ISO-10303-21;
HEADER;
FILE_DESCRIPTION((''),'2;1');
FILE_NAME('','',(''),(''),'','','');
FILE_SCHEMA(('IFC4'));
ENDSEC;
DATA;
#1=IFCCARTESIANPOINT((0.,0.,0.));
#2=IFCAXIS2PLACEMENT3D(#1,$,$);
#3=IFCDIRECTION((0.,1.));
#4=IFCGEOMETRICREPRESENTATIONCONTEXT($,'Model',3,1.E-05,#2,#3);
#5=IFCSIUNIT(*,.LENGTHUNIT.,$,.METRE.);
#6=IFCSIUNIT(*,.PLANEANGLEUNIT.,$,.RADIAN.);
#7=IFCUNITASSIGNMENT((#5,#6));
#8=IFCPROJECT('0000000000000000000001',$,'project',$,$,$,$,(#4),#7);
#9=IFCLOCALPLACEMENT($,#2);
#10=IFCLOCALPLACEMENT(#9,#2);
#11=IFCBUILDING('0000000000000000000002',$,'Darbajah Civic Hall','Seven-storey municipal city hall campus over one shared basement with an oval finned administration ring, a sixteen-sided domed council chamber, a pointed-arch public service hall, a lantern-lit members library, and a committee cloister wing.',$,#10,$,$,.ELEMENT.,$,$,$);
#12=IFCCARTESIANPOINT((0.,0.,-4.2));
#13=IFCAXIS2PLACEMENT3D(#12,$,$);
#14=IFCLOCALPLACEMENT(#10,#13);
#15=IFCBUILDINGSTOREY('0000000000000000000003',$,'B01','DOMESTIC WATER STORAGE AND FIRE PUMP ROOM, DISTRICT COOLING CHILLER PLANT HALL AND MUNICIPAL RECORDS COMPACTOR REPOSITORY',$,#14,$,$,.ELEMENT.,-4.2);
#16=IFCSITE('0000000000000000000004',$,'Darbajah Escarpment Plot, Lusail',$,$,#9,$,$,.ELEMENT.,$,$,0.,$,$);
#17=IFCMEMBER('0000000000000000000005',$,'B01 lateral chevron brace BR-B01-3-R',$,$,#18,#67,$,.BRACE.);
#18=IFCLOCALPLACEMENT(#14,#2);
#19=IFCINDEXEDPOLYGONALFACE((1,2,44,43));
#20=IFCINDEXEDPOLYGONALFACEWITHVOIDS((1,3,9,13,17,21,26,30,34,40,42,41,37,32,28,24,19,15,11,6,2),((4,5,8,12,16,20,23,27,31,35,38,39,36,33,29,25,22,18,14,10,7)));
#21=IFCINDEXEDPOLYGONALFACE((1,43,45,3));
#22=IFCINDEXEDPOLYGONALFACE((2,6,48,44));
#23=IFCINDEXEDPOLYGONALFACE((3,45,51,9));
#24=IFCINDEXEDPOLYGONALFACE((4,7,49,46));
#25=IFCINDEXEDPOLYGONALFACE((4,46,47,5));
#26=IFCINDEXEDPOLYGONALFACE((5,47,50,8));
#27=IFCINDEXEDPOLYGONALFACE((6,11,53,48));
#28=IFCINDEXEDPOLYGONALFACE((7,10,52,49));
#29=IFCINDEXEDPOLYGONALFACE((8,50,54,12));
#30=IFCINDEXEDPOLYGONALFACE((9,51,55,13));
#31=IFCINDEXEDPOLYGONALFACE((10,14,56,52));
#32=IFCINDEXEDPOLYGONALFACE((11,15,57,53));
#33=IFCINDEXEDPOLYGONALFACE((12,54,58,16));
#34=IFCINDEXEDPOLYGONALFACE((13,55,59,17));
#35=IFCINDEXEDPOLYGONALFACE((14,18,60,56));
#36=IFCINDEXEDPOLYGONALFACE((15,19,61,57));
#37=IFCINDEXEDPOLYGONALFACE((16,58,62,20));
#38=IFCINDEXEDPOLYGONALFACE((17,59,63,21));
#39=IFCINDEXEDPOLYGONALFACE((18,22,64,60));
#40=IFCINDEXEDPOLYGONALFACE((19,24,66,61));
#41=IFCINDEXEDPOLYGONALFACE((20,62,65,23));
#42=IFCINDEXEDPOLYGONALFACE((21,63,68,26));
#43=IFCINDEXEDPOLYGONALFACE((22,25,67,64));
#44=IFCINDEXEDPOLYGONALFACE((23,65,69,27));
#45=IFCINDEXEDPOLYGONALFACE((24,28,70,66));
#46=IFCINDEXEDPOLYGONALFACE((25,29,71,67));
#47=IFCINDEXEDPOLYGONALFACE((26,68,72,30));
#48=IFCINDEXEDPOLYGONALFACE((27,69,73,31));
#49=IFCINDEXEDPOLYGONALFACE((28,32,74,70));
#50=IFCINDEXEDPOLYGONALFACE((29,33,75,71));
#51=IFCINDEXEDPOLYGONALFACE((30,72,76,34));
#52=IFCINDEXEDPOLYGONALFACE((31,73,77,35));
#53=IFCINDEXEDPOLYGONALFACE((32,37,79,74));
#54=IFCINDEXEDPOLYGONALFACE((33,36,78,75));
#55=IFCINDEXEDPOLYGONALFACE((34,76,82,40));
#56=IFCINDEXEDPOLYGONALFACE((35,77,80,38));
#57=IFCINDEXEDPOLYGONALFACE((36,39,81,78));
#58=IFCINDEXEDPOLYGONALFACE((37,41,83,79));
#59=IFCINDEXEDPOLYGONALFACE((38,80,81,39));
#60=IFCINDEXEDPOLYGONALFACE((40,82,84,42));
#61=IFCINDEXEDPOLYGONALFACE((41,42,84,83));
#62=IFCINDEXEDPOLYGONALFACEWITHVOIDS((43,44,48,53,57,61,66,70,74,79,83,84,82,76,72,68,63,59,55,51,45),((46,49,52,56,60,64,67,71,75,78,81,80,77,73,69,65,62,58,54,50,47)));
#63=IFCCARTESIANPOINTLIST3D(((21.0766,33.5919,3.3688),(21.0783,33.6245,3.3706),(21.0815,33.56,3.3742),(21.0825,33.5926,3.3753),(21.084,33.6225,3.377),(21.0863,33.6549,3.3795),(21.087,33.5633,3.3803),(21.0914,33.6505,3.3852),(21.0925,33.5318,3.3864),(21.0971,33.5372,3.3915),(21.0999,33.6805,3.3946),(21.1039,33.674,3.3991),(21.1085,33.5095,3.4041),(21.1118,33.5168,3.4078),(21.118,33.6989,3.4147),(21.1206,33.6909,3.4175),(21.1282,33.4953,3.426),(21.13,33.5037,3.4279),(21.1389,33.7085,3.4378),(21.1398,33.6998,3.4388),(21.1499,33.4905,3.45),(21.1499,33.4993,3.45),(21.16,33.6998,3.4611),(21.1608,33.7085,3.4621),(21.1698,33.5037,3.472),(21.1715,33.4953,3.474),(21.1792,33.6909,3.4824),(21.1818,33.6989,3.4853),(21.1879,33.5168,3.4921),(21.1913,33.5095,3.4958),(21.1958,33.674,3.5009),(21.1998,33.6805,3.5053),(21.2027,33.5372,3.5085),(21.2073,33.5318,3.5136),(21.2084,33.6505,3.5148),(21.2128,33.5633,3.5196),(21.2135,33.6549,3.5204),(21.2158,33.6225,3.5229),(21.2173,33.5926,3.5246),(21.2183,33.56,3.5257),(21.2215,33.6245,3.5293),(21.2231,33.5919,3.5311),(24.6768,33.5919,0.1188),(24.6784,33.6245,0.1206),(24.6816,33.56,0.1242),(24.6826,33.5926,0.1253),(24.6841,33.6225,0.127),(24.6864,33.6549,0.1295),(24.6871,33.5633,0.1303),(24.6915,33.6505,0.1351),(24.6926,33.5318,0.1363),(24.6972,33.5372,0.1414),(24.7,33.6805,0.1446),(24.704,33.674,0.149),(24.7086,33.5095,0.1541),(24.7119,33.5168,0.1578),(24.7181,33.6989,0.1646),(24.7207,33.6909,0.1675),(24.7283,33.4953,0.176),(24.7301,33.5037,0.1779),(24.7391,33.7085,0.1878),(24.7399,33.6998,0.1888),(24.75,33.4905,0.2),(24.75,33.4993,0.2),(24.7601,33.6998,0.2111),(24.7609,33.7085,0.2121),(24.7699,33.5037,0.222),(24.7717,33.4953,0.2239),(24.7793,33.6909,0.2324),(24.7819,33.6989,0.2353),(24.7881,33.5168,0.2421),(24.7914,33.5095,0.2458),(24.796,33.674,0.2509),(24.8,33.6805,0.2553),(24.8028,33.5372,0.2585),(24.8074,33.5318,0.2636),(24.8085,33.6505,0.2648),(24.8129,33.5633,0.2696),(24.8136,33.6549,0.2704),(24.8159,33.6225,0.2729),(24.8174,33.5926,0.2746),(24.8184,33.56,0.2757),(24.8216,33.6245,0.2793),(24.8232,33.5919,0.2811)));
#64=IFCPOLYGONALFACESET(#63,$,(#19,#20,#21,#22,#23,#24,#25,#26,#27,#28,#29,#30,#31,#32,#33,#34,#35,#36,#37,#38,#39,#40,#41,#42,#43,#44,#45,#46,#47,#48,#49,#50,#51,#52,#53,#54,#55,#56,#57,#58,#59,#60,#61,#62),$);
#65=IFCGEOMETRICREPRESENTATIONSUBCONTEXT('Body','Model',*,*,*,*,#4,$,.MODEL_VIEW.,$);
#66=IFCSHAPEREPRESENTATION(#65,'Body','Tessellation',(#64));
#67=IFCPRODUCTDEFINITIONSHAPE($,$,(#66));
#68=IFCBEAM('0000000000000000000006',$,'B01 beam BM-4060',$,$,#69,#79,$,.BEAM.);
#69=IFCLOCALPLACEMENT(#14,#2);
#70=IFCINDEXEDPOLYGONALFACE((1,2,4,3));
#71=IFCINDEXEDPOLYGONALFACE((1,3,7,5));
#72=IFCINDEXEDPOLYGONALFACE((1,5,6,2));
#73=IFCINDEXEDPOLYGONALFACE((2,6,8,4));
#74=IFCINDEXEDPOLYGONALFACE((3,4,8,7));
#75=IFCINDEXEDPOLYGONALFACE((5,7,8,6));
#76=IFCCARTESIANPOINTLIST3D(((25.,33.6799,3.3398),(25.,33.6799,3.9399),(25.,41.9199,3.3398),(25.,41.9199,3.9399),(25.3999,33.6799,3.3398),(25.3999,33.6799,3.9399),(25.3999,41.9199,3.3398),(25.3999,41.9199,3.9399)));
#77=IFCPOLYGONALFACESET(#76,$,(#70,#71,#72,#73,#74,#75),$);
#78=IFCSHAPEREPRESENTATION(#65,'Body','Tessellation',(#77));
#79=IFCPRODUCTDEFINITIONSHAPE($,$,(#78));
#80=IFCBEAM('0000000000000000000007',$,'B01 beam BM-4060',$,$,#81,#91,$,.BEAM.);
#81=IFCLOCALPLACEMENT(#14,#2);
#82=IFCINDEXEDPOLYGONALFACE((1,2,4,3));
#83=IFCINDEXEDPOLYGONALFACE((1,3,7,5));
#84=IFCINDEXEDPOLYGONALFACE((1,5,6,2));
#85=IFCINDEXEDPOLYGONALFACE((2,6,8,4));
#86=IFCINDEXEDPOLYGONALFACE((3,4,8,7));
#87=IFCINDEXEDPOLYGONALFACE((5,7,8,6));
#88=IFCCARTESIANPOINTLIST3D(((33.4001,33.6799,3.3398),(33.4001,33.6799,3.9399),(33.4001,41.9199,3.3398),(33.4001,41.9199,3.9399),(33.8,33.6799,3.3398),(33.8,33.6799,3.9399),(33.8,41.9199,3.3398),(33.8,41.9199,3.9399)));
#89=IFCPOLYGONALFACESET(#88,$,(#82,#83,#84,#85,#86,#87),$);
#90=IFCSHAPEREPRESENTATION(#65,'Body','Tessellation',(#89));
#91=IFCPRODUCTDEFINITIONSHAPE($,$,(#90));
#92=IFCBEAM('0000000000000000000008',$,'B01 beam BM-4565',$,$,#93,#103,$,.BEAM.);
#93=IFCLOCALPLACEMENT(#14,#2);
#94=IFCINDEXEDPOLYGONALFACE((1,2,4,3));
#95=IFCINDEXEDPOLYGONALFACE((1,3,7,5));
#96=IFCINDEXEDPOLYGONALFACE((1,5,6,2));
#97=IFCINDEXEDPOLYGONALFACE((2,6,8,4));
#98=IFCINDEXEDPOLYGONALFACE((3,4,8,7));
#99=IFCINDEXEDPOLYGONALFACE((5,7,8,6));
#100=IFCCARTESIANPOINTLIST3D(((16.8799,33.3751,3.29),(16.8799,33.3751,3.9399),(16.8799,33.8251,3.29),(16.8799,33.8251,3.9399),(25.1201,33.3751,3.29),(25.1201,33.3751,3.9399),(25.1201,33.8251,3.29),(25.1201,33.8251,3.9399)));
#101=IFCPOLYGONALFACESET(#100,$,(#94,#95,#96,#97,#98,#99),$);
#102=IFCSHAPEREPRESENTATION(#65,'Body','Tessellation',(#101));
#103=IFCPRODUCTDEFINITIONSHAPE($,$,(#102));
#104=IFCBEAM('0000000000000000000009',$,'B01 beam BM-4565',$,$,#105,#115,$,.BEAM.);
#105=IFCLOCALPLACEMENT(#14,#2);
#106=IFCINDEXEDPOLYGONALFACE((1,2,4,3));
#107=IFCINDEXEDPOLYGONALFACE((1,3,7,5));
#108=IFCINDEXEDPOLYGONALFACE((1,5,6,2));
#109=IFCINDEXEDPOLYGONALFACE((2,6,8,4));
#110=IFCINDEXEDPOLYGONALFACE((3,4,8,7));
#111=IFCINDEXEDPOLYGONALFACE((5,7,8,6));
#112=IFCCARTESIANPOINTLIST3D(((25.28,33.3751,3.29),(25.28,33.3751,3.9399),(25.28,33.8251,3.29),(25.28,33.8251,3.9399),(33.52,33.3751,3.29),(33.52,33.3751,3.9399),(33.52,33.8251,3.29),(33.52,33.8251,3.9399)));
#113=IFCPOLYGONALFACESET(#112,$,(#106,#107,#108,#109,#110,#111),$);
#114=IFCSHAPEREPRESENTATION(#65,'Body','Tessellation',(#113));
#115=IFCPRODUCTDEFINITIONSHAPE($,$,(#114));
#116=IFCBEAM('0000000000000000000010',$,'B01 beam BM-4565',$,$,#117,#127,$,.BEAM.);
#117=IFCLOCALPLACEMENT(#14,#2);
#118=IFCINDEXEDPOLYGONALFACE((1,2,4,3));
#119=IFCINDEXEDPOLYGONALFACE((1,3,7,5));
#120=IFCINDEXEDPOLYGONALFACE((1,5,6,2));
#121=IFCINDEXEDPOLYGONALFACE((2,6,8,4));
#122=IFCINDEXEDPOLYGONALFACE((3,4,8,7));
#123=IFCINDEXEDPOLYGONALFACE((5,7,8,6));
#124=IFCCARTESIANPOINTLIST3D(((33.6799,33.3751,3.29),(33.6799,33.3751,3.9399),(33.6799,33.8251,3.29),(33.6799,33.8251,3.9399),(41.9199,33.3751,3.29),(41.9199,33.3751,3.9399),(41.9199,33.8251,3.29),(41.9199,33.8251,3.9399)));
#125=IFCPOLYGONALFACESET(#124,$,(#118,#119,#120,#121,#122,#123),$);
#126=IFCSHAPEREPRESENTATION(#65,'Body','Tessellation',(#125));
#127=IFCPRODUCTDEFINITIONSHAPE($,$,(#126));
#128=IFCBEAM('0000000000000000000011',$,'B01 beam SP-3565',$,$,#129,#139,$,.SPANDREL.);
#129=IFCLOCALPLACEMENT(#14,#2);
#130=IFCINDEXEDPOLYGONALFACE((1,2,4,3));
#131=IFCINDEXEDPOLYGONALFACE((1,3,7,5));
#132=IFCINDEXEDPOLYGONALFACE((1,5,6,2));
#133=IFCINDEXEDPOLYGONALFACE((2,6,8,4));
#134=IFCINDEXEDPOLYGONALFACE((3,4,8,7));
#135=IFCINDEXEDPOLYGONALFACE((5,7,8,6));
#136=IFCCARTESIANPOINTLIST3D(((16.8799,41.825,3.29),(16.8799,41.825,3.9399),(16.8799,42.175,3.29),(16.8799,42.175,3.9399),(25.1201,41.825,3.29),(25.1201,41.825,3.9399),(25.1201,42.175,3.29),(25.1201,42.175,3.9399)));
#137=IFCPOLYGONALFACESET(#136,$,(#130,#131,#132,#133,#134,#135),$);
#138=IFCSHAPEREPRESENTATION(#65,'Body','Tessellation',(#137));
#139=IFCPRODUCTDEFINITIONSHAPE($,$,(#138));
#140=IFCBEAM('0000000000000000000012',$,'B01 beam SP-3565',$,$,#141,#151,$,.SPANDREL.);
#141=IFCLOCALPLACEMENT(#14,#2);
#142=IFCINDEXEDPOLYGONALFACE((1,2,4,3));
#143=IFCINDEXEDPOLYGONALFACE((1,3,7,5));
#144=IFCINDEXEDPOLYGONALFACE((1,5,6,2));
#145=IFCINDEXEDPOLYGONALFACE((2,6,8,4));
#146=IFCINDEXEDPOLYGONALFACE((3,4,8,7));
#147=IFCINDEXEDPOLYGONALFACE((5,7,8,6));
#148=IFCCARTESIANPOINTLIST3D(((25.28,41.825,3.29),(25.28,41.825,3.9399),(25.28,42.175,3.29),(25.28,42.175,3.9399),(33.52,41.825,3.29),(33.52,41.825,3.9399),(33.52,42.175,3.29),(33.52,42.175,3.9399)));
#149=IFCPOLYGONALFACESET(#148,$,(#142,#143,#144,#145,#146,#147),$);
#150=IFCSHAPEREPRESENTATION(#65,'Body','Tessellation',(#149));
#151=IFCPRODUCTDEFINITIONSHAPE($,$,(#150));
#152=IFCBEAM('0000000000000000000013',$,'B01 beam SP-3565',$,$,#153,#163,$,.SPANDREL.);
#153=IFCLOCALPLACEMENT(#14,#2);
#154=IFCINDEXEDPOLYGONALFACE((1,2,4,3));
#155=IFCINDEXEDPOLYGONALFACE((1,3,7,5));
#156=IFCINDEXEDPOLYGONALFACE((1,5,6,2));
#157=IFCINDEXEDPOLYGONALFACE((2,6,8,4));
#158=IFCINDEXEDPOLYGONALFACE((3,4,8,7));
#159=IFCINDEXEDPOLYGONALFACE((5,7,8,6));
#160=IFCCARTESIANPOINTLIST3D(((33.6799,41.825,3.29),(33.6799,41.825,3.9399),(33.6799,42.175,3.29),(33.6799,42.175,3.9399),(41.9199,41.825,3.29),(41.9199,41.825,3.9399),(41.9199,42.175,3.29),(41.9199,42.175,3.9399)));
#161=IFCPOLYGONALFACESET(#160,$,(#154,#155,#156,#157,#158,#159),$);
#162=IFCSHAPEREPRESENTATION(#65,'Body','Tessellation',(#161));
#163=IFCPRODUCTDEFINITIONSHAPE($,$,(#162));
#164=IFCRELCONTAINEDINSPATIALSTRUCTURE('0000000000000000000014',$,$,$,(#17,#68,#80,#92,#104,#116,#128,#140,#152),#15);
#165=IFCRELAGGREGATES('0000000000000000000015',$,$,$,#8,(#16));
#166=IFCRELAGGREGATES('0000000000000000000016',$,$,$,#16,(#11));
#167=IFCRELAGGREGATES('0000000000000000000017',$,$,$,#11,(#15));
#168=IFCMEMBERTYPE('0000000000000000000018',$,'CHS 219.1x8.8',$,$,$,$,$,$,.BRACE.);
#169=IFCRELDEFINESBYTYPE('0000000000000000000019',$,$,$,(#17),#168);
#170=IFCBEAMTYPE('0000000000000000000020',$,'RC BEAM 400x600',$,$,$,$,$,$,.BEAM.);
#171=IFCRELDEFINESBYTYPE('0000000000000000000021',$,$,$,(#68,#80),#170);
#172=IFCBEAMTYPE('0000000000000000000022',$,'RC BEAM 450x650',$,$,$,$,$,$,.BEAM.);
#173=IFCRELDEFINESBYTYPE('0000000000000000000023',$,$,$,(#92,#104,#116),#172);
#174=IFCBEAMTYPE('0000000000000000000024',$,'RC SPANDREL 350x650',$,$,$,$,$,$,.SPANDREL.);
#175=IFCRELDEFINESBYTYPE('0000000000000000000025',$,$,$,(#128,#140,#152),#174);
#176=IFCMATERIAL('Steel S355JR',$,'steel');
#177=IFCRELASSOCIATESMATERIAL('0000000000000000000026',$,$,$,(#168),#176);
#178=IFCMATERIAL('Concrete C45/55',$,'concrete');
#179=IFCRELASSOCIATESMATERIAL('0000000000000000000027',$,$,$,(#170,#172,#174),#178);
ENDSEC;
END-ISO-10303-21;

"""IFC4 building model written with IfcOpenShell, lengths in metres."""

from ifc_helpers import new_model, si_unit, direction, frame, origin, origin_2d, place, context, subcontext, project, spatial, rectangle, hollow_circle, extrude, material, material_profile, profile_set, type_object, element, save


model = new_model("IFC4")

# Units and contexts
model_context = context("Model", 3, precision=1e-05, world=origin(), true_north=direction((0.0, 1.0)))
body_context = subcontext(model_context, "Body", "Model", "MODEL_VIEW")
ifc_project = project(units=[si_unit("LENGTHUNIT", "METRE"), si_unit("PLANEANGLEUNIT", "RADIAN")], contexts=[model_context])

# Site, building, storey
site_placement = place(None, origin())
site = spatial("IfcSite", under=ifc_project, at=site_placement, Name="Darbajah Escarpment Plot, Lusail", CompositionType="ELEMENT", RefElevation=0.0)
building_placement = place(site_placement, origin())
building = spatial("IfcBuilding", under=site, at=building_placement, Name="Darbajah Civic Hall", Description="Seven-storey municipal city hall campus over one shared basement with an oval finned administration ring, a sixteen-sided domed council chamber, a pointed-arch public service hall, a lantern-lit members library, and a committee cloister wing.", CompositionType="ELEMENT")
storey_placement = place(building_placement, frame((0.0, 0.0, -4.2)))
storey = spatial("IfcBuildingStorey", under=building, at=storey_placement, Name="B01", Description="DOMESTIC WATER STORAGE AND FIRE PUMP ROOM, DISTRICT COOLING CHILLER PLANT HALL AND MUNICIPAL RECORDS COMPACTOR REPOSITORY", CompositionType="ELEMENT", Elevation=-4.2)

# Shared definitions
ifc_material_1 = material(Name="Concrete C45/55", Category="concrete")

# Member
ifc_material_2 = material(Name="Steel S355JR", Category="steel")
ifc_material_profile_1 = material_profile(ifc_material_2, hollow_circle(Radius=0.1096, WallThickness=0.0088, at=origin_2d()), Name="CHS 219.1x8.8")
ifc_profile_set_1 = profile_set([ifc_material_profile_1], Name="Steel S355JR")
member_type = type_object("IfcMemberType", Name="CHS 219.1x8.8", PredefinedType="BRACE", material=ifc_profile_set_1)
for number, where, z_axis, x_axis, name in (
    (1, (24.75, 33.6001, 0.2), (-0.742277, 0.0, 0.670093), (0.0, -1.0, 0.0), "B01 lateral chevron brace BR-B01-3-R"),
):
    element("IfcMember", number, at=place(storey_placement, frame(where, z_axis=z_axis, x_axis=x_axis)), inside=storey, type_object=member_type, Name=name, PredefinedType="BRACE", context=body_context, shape_type="SweptSolid", body=[
        extrude(hollow_circle(Radius=0.1096, WallThickness=0.0088, at=origin_2d()), origin(), (0.0, 0.0, 1.0), 4.8501),
    ])

# Beams
ifc_material_profile_2 = material_profile(ifc_material_1, rectangle(XDim=0.3999, YDim=0.6001, at=origin_2d()), Name="RC BEAM 400x600")
ifc_profile_set_2 = profile_set([ifc_material_profile_2], Name="Concrete C45/55")
beam_type_1 = type_object("IfcBeamType", Name="RC BEAM 400x600", PredefinedType="BEAM", material=ifc_profile_set_2)
for number, where, z_axis, x_axis, name in (
    (2, (25.2, 33.6799, 3.6399), (0.0, 1.0, 0.0), (-1.0, 0.0, 0.0), "B01 beam BM-4060"),
    (3, (33.6001, 33.6799, 3.6399), (0.0, 1.0, 0.0), (-1.0, 0.0, 0.0), "B01 beam BM-4060"),
):
    element("IfcBeam", number, at=place(storey_placement, frame(where, z_axis=z_axis, x_axis=x_axis)), inside=storey, type_object=beam_type_1, Name=name, PredefinedType="BEAM", context=body_context, shape_type="SweptSolid", body=[
        extrude(rectangle(XDim=0.3999, YDim=0.6001, at=origin_2d()), origin(), (0.0, 0.0, 1.0), 8.24),
    ])
ifc_material_profile_3 = material_profile(ifc_material_1, rectangle(XDim=0.45, YDim=0.6499, at=origin_2d()), Name="RC BEAM 450x650")
ifc_profile_set_3 = profile_set([ifc_material_profile_3], Name="Concrete C45/55")
beam_type_2 = type_object("IfcBeamType", Name="RC BEAM 450x650", PredefinedType="BEAM", material=ifc_profile_set_3)
beam_1_placement = place(storey_placement, frame((16.8799, 33.6001, 3.615), z_axis=(1.0, 0.0, 0.0), x_axis=(0.0, 1.0, 0.0)))
element("IfcBeam", 4, at=beam_1_placement, inside=storey, type_object=beam_type_2, Name="B01 beam BM-4565", PredefinedType="BEAM", context=body_context, shape_type="SweptSolid", body=[
    extrude(rectangle(XDim=0.45, YDim=0.6499, at=origin_2d()), origin(), (0.0, 0.0, 1.0), 8.2402),
])
for number, where, z_axis, x_axis, name in (
    (5, (25.28, 33.6001, 3.615), (1.0, 0.0, 0.0), (0.0, 1.0, 0.0), "B01 beam BM-4565"),
    (6, (33.6799, 33.6001, 3.615), (1.0, 0.0, 0.0), (0.0, 1.0, 0.0), "B01 beam BM-4565"),
):
    element("IfcBeam", number, at=place(storey_placement, frame(where, z_axis=z_axis, x_axis=x_axis)), inside=storey, type_object=beam_type_2, Name=name, PredefinedType="BEAM", context=body_context, shape_type="SweptSolid", body=[
        extrude(rectangle(XDim=0.45, YDim=0.6499, at=origin_2d()), origin(), (0.0, 0.0, 1.0), 8.24),
    ])
ifc_material_profile_4 = material_profile(ifc_material_1, rectangle(XDim=0.3501, YDim=0.6499, at=origin_2d()), Name="RC SPANDREL 350x650")
ifc_profile_set_4 = profile_set([ifc_material_profile_4], Name="Concrete C45/55")
beam_type_3 = type_object("IfcBeamType", Name="RC SPANDREL 350x650", PredefinedType="SPANDREL", material=ifc_profile_set_4)
beam_2_placement = place(storey_placement, frame((16.8799, 42.0, 3.615), z_axis=(1.0, 0.0, 0.0), x_axis=(0.0, 1.0, 0.0)))
element("IfcBeam", 7, at=beam_2_placement, inside=storey, type_object=beam_type_3, Name="B01 beam SP-3565", PredefinedType="SPANDREL", context=body_context, shape_type="SweptSolid", body=[
    extrude(rectangle(XDim=0.3501, YDim=0.6499, at=origin_2d()), origin(), (0.0, 0.0, 1.0), 8.2402),
])
for number, where, z_axis, x_axis, name in (
    (8, (25.28, 42.0, 3.615), (1.0, 0.0, 0.0), (0.0, 1.0, 0.0), "B01 beam SP-3565"),
    (9, (33.6799, 42.0, 3.615), (1.0, 0.0, 0.0), (0.0, 1.0, 0.0), "B01 beam SP-3565"),
):
    element("IfcBeam", number, at=place(storey_placement, frame(where, z_axis=z_axis, x_axis=x_axis)), inside=storey, type_object=beam_type_3, Name=name, PredefinedType="SPANDREL", context=body_context, shape_type="SweptSolid", body=[
        extrude(rectangle(XDim=0.3501, YDim=0.6499, at=origin_2d()), origin(), (0.0, 0.0, 1.0), 8.24),
    ])

save(model, "model.ifc")
